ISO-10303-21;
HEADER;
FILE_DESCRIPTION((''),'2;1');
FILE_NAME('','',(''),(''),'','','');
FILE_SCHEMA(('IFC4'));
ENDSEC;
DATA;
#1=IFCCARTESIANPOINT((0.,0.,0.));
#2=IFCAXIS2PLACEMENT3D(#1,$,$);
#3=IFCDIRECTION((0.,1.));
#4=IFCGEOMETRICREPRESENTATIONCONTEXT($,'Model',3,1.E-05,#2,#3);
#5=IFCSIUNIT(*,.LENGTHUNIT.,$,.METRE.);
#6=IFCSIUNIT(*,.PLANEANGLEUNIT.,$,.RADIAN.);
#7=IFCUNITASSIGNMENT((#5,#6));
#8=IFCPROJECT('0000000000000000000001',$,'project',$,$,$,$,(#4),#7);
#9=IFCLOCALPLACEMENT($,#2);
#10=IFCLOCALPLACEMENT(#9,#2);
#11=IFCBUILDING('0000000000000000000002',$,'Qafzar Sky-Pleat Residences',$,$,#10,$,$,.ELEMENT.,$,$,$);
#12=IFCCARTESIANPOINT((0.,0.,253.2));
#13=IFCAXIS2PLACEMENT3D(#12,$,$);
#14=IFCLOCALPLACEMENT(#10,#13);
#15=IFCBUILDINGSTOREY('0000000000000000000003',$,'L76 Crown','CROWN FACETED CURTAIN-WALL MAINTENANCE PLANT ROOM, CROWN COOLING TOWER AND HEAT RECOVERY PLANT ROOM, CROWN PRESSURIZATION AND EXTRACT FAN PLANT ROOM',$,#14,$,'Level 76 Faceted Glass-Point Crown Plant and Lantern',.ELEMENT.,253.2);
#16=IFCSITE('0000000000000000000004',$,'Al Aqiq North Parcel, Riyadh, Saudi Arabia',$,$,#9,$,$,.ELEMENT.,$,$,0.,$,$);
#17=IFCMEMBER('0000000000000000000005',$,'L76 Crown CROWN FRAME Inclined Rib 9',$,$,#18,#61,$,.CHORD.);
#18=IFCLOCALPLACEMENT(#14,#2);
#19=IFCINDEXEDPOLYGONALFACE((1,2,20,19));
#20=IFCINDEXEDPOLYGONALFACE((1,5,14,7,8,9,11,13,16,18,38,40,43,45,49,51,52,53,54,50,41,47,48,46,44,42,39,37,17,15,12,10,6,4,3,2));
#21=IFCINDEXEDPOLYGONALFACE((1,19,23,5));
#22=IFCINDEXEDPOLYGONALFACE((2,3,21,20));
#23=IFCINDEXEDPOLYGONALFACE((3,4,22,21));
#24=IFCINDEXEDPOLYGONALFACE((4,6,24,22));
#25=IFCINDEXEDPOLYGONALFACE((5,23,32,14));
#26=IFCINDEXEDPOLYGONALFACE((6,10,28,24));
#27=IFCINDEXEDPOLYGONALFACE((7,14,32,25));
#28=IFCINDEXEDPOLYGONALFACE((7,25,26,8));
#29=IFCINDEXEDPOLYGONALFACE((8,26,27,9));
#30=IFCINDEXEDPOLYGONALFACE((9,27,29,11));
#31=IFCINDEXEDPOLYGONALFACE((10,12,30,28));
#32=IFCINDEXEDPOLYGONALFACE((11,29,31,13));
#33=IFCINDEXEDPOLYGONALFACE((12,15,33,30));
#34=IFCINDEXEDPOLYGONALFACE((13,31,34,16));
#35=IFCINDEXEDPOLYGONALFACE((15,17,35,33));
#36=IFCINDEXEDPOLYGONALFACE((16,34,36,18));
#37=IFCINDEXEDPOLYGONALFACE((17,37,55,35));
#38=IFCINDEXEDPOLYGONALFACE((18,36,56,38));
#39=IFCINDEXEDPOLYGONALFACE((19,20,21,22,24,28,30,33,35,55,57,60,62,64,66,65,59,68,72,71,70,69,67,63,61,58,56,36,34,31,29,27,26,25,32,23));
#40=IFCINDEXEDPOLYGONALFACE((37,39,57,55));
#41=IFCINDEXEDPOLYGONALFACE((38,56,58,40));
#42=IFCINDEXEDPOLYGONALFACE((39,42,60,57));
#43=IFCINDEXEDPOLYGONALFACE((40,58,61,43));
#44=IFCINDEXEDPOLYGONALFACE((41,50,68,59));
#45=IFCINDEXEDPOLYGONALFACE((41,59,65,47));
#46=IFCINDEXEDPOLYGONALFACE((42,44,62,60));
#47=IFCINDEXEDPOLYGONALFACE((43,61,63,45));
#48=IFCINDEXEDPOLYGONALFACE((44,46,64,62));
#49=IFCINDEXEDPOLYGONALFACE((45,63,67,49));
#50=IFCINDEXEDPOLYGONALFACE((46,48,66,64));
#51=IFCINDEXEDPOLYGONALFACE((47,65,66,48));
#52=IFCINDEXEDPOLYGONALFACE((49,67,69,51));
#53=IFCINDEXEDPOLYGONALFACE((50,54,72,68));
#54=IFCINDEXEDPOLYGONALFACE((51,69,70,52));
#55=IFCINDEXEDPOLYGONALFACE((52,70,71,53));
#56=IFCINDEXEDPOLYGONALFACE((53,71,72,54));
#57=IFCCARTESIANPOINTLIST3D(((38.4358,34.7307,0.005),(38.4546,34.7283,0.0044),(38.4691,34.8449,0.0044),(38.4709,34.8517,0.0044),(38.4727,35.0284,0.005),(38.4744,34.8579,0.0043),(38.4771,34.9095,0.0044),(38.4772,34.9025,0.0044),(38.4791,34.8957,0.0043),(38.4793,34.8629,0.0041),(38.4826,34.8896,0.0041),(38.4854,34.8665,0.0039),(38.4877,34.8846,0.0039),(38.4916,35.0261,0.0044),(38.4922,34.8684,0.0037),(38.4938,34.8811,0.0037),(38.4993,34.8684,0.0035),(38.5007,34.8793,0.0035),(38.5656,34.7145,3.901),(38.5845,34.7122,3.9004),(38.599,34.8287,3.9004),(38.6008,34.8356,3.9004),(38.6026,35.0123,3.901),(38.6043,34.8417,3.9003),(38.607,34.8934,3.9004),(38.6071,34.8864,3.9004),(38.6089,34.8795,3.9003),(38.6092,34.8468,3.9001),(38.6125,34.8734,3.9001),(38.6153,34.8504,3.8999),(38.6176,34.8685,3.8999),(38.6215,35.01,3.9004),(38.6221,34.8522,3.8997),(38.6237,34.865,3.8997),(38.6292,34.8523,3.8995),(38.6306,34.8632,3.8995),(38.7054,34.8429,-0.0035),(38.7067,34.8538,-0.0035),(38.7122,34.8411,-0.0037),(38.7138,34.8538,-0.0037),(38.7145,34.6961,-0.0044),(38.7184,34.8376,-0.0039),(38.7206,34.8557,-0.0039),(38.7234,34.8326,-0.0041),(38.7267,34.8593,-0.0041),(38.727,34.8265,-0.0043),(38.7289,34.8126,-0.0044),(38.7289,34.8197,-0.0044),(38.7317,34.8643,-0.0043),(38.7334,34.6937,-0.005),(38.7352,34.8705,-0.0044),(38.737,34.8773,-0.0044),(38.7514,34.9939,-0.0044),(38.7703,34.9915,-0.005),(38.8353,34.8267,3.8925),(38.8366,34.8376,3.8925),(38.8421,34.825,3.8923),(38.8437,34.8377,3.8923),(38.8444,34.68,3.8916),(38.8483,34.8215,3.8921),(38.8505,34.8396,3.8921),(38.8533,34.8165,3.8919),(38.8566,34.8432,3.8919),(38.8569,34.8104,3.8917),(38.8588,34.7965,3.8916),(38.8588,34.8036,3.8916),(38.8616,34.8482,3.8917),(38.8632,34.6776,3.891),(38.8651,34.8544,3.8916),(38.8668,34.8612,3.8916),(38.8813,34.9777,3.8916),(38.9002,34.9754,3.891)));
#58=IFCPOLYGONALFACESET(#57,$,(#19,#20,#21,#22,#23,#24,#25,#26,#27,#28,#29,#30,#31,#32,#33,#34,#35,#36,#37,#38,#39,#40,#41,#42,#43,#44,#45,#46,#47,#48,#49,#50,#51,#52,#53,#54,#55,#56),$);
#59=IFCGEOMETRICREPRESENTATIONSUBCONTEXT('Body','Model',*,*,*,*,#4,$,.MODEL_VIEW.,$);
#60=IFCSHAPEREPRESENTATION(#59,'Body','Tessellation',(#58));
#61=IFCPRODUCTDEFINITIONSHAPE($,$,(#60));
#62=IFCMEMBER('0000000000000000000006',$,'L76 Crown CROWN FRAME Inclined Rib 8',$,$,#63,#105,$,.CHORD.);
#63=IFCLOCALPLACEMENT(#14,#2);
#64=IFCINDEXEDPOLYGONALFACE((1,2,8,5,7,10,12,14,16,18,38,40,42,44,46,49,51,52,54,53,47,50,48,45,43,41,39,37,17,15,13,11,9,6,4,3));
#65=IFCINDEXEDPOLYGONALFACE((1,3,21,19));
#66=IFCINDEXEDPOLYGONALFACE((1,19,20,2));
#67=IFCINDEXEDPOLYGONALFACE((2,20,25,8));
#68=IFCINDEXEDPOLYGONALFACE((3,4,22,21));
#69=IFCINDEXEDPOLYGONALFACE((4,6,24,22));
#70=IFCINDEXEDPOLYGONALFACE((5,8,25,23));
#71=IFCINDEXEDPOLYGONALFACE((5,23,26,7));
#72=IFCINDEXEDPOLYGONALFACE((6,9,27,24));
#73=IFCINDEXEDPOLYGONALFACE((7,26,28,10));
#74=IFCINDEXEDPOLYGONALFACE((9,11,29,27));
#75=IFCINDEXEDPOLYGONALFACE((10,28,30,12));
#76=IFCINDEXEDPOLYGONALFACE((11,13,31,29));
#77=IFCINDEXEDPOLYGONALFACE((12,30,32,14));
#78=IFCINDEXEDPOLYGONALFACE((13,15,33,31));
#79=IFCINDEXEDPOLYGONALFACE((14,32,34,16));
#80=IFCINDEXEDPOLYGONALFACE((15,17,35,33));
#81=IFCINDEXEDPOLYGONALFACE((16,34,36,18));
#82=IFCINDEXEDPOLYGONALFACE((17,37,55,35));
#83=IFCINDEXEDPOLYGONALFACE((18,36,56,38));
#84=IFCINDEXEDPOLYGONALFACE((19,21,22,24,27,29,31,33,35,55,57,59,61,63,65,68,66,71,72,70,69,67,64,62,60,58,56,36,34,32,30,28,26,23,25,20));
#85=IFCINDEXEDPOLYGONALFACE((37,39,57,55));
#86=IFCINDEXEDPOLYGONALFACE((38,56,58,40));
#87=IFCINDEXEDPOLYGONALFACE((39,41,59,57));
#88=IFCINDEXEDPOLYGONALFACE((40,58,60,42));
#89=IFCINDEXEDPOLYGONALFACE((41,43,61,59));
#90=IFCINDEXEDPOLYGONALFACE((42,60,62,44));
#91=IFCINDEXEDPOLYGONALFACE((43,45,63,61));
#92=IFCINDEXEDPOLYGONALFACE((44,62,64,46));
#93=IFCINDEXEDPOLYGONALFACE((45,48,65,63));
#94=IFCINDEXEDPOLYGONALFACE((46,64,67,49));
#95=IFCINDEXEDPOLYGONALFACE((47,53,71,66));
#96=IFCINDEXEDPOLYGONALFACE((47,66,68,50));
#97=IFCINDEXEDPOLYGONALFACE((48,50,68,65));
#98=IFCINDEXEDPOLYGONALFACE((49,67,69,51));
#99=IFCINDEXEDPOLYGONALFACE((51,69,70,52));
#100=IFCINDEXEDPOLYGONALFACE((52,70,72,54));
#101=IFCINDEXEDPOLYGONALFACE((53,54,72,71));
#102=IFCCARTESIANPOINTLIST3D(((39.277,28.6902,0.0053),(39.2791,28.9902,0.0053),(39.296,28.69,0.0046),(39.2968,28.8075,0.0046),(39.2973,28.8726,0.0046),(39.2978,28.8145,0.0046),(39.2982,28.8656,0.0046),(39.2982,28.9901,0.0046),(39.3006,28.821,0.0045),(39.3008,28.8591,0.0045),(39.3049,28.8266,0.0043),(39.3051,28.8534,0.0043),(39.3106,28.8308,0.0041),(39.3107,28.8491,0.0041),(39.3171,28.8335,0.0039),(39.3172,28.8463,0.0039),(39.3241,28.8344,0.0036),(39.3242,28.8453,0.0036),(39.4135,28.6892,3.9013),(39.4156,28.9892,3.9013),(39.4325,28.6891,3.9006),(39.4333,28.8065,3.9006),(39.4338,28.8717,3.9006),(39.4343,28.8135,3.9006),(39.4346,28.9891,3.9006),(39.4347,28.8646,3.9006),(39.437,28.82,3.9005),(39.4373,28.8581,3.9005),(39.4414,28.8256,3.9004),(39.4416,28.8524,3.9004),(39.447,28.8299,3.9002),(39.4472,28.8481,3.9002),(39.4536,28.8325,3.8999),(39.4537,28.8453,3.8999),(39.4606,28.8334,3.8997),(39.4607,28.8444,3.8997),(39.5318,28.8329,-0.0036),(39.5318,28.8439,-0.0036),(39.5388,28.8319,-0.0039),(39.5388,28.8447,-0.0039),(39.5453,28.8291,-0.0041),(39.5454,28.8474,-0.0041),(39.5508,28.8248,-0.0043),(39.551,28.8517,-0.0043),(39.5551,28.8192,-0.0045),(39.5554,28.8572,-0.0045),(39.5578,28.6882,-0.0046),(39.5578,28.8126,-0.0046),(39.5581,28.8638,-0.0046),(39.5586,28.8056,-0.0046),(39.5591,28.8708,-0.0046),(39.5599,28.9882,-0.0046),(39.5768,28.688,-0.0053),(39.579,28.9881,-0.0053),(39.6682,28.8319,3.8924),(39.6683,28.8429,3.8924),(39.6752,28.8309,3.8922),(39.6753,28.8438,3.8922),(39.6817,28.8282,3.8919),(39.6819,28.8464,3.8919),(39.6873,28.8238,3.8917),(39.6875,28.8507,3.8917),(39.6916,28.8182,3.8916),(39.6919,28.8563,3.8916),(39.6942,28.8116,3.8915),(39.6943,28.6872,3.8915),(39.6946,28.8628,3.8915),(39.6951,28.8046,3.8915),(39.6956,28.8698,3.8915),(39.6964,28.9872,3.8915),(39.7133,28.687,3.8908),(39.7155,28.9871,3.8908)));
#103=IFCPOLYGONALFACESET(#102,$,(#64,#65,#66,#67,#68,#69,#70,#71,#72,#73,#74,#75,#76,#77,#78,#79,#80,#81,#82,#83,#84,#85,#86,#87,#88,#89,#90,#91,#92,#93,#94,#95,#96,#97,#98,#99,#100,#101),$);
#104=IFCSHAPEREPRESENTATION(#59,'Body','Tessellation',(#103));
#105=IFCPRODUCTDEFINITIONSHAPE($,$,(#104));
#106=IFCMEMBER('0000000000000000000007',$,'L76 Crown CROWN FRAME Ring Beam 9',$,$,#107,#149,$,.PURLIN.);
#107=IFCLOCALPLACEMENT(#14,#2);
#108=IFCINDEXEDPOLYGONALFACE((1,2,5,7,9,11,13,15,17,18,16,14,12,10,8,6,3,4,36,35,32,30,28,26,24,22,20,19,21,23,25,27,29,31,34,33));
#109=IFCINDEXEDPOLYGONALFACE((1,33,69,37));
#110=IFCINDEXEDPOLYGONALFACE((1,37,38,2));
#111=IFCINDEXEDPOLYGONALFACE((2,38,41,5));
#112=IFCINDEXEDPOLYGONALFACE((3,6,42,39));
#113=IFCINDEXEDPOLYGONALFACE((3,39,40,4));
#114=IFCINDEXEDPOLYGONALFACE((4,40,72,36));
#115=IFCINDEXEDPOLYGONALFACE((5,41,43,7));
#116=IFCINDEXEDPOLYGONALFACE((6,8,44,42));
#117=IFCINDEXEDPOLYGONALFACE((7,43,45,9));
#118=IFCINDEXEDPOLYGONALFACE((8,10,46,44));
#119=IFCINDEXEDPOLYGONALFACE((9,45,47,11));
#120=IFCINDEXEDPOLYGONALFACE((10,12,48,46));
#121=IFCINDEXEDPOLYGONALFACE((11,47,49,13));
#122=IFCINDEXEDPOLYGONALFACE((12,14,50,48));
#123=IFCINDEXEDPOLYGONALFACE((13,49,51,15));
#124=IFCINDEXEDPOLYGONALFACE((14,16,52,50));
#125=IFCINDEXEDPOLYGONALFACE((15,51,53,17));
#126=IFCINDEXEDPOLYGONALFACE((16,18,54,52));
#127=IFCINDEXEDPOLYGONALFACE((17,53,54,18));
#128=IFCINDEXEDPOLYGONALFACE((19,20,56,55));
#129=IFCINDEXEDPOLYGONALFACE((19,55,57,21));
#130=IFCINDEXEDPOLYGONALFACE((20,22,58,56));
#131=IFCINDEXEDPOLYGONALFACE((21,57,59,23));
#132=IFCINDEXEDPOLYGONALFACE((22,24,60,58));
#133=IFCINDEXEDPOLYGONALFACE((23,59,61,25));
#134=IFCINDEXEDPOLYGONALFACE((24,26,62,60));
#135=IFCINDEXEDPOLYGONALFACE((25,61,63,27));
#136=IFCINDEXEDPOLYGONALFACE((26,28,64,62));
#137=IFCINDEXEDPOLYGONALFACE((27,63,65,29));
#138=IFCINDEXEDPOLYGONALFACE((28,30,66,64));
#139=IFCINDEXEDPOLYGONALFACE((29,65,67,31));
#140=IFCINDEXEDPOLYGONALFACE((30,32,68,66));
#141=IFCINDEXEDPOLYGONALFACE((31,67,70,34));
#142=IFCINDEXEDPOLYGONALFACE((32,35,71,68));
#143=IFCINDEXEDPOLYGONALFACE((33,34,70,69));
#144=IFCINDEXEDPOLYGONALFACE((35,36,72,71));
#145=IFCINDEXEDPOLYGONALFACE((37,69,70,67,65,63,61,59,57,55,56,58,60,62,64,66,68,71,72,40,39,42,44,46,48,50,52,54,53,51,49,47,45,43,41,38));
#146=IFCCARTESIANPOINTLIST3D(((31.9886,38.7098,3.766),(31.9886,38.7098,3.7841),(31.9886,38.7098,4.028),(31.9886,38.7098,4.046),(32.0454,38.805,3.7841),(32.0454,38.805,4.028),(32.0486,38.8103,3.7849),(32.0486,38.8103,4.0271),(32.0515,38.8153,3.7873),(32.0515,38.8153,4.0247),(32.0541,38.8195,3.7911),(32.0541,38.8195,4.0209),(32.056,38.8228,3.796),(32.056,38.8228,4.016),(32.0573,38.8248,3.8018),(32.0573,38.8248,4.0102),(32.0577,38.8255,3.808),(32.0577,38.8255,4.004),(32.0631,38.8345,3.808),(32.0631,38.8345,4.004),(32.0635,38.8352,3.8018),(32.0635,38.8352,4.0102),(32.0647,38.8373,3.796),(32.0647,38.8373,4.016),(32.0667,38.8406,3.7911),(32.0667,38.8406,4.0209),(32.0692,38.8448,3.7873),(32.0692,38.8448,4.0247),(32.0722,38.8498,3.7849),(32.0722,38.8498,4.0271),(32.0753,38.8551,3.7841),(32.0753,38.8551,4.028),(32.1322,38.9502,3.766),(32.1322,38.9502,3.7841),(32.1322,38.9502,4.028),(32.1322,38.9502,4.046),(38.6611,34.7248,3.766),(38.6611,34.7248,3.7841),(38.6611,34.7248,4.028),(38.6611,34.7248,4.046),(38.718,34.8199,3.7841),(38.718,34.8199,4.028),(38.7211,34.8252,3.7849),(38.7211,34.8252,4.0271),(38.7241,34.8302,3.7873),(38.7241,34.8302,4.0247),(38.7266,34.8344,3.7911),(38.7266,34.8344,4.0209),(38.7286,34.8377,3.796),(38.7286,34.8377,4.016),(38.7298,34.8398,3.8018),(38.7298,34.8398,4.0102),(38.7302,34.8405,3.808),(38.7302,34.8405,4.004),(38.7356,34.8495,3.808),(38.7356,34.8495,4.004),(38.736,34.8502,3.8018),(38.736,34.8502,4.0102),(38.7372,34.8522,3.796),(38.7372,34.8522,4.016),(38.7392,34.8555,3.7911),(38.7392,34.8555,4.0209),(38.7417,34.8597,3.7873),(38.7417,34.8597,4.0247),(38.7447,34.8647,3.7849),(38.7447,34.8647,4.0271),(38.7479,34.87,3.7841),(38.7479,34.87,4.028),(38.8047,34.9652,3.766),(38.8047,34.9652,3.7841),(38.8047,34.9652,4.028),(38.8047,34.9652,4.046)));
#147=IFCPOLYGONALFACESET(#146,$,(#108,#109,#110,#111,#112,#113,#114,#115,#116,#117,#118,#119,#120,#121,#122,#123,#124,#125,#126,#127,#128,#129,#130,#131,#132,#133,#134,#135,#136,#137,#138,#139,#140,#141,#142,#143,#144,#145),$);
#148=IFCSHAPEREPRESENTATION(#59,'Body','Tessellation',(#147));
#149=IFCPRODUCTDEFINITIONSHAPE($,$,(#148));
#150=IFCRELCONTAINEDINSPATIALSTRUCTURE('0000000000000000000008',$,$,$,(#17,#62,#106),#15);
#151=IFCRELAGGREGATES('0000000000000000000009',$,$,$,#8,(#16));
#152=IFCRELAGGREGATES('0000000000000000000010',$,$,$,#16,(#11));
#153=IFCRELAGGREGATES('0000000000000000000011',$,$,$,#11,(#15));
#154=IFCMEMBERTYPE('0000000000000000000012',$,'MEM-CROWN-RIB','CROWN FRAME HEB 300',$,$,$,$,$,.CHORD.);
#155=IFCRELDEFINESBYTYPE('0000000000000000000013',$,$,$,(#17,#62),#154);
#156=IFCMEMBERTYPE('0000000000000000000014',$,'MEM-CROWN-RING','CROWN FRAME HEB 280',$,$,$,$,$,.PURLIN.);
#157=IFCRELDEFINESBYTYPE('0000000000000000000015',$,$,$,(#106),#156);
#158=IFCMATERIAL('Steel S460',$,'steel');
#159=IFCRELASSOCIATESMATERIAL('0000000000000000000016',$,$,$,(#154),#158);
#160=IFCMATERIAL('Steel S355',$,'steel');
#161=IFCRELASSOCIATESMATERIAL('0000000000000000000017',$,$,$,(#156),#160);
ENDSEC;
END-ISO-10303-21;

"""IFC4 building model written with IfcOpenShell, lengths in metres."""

from ifc_helpers import new_model, si_unit, direction, frame, origin, origin_2d, place, context, subcontext, project, spatial, i_section, extrude, source, transform, mapped, material, material_profile, profile_set, type_object, element, save


model = new_model("IFC4")

# Units and contexts
model_context = context("Model", 3, precision=1e-05, world=origin(), true_north=direction((0.0, 1.0)))
body_context = subcontext(model_context, "Body", "Model", "MODEL_VIEW")
ifc_project = project(units=[si_unit("LENGTHUNIT", "METRE"), si_unit("PLANEANGLEUNIT", "RADIAN")], contexts=[model_context])

# Site, building, storey
site_placement = place(None, origin())
site = spatial("IfcSite", under=ifc_project, at=site_placement, Name="Al Aqiq North Parcel, Riyadh, Saudi Arabia", CompositionType="ELEMENT", RefElevation=0.0)
building_placement = place(site_placement, origin())
building = spatial("IfcBuilding", under=site, at=building_placement, Name="Qafzar Sky-Pleat Residences", CompositionType="ELEMENT")
storey_placement = place(building_placement, frame((0.0, 0.0, 253.2)))
storey = spatial("IfcBuildingStorey", under=building, at=storey_placement, Name="L76 Crown", Description="CROWN FACETED CURTAIN-WALL MAINTENANCE PLANT ROOM, CROWN COOLING TOWER AND HEAT RECOVERY PLANT ROOM, CROWN PRESSURIZATION AND EXTRACT FAN PLANT ROOM", LongName="Level 76 Faceted Glass-Point Crown Plant and Lantern", CompositionType="ELEMENT", Elevation=253.2)

# Members
ifc_material_1 = material(Name="Steel S460", Category="steel")
ifc_material_profile_1 = material_profile(ifc_material_1, i_section(OverallWidth=0.3, OverallDepth=0.3, WebThickness=0.011, FlangeThickness=0.019, FilletRadius=0.0271, at=origin_2d()), Name="HEB 300")
ifc_profile_set_1 = profile_set([ifc_material_profile_1], Name="Steel S460")
member_type_1 = type_object("IfcMemberType", Name="MEM-CROWN-RIB", Description="CROWN FRAME HEB 300", PredefinedType="CHORD", material=ifc_profile_set_1)
shared_shape_1 = source(origin(), body_context, "Body", "SweptSolid", [
    extrude(i_section(OverallWidth=0.3, OverallDepth=0.3, WebThickness=0.011, FlangeThickness=0.019, FilletRadius=0.0271, at=origin_2d()), origin(), (0.0, 0.0, 1.0), 3.8982),
])
member_1_placement = place(storey_placement, frame((38.603, 34.8611, 0.0), z_axis=(0.033319, -0.004134, 0.999436), x_axis=(0.123116, 0.992392, 0.0)))
element("IfcMember", 1, at=member_1_placement, inside=storey, type_object=member_type_1, Name="L76 Crown CROWN FRAME Inclined Rib 9", PredefinedType="CHORD", context=body_context, shape_type="MappedRepresentation", body=[
    mapped(shared_shape_1, transform((0.0, 0.0, 0.0), x_axis=(1.0, 0.0, 0.0), y_axis=(0.0, 1.0, 0.0), z_axis=(0.0, 0.0, 1.0), scale=1.0)),
])
shared_shape_2 = source(origin(), body_context, "Body", "SweptSolid", [
    extrude(i_section(OverallWidth=0.3, OverallDepth=0.3, WebThickness=0.011, FlangeThickness=0.019, FilletRadius=0.0271, at=origin_2d()), origin(), (0.0, 0.0, 1.0), 3.8984),
])
member_2_placement = place(storey_placement, frame((39.428, 28.8391, 0.0), z_axis=(0.035008, -0.000251, 0.999387), x_axis=(0.007155, 0.999974, 0.0)))
element("IfcMember", 2, at=member_2_placement, inside=storey, type_object=member_type_1, Name="L76 Crown CROWN FRAME Inclined Rib 8", PredefinedType="CHORD", context=body_context, shape_type="MappedRepresentation", body=[
    mapped(shared_shape_2, transform((0.0, 0.0, 0.0), x_axis=(1.0, 0.0, 0.0), y_axis=(0.0, 1.0, 0.0), z_axis=(0.0, 0.0, 1.0), scale=1.0)),
])
ifc_material_2 = material(Name="Steel S355", Category="steel")
ifc_material_profile_2 = material_profile(ifc_material_2, i_section(OverallWidth=0.28, OverallDepth=0.28, WebThickness=0.0105, FlangeThickness=0.0181, FilletRadius=0.0239, at=origin_2d()), Name="HEB 280")
ifc_profile_set_2 = profile_set([ifc_material_profile_2], Name="Steel S355")
member_type_2 = type_object("IfcMemberType", Name="MEM-CROWN-RING", Description="CROWN FRAME HEB 280", PredefinedType="PURLIN", material=ifc_profile_set_2)
shared_shape_3 = source(origin(), body_context, "Body", "SweptSolid", [
    extrude(i_section(OverallWidth=0.28, OverallDepth=0.28, WebThickness=0.0105, FlangeThickness=0.0181, FilletRadius=0.0239, at=origin_2d()), origin(), (0.0, 0.0, 1.0), 7.772),
])
member_3_placement = place(storey_placement, frame((38.7329, 34.845, 3.906), z_axis=(-0.858539, 0.512749, 0.0), x_axis=(-0.512749, -0.858539, 0.0)))
element("IfcMember", 3, at=member_3_placement, inside=storey, type_object=member_type_2, Name="L76 Crown CROWN FRAME Ring Beam 9", PredefinedType="PURLIN", context=body_context, shape_type="MappedRepresentation", body=[
    mapped(shared_shape_3, transform((0.0, 0.0, 0.0), x_axis=(1.0, 0.0, 0.0), y_axis=(0.0, 1.0, 0.0), z_axis=(0.0, 0.0, 1.0), scale=1.0)),
])

save(model, "model.ifc")
